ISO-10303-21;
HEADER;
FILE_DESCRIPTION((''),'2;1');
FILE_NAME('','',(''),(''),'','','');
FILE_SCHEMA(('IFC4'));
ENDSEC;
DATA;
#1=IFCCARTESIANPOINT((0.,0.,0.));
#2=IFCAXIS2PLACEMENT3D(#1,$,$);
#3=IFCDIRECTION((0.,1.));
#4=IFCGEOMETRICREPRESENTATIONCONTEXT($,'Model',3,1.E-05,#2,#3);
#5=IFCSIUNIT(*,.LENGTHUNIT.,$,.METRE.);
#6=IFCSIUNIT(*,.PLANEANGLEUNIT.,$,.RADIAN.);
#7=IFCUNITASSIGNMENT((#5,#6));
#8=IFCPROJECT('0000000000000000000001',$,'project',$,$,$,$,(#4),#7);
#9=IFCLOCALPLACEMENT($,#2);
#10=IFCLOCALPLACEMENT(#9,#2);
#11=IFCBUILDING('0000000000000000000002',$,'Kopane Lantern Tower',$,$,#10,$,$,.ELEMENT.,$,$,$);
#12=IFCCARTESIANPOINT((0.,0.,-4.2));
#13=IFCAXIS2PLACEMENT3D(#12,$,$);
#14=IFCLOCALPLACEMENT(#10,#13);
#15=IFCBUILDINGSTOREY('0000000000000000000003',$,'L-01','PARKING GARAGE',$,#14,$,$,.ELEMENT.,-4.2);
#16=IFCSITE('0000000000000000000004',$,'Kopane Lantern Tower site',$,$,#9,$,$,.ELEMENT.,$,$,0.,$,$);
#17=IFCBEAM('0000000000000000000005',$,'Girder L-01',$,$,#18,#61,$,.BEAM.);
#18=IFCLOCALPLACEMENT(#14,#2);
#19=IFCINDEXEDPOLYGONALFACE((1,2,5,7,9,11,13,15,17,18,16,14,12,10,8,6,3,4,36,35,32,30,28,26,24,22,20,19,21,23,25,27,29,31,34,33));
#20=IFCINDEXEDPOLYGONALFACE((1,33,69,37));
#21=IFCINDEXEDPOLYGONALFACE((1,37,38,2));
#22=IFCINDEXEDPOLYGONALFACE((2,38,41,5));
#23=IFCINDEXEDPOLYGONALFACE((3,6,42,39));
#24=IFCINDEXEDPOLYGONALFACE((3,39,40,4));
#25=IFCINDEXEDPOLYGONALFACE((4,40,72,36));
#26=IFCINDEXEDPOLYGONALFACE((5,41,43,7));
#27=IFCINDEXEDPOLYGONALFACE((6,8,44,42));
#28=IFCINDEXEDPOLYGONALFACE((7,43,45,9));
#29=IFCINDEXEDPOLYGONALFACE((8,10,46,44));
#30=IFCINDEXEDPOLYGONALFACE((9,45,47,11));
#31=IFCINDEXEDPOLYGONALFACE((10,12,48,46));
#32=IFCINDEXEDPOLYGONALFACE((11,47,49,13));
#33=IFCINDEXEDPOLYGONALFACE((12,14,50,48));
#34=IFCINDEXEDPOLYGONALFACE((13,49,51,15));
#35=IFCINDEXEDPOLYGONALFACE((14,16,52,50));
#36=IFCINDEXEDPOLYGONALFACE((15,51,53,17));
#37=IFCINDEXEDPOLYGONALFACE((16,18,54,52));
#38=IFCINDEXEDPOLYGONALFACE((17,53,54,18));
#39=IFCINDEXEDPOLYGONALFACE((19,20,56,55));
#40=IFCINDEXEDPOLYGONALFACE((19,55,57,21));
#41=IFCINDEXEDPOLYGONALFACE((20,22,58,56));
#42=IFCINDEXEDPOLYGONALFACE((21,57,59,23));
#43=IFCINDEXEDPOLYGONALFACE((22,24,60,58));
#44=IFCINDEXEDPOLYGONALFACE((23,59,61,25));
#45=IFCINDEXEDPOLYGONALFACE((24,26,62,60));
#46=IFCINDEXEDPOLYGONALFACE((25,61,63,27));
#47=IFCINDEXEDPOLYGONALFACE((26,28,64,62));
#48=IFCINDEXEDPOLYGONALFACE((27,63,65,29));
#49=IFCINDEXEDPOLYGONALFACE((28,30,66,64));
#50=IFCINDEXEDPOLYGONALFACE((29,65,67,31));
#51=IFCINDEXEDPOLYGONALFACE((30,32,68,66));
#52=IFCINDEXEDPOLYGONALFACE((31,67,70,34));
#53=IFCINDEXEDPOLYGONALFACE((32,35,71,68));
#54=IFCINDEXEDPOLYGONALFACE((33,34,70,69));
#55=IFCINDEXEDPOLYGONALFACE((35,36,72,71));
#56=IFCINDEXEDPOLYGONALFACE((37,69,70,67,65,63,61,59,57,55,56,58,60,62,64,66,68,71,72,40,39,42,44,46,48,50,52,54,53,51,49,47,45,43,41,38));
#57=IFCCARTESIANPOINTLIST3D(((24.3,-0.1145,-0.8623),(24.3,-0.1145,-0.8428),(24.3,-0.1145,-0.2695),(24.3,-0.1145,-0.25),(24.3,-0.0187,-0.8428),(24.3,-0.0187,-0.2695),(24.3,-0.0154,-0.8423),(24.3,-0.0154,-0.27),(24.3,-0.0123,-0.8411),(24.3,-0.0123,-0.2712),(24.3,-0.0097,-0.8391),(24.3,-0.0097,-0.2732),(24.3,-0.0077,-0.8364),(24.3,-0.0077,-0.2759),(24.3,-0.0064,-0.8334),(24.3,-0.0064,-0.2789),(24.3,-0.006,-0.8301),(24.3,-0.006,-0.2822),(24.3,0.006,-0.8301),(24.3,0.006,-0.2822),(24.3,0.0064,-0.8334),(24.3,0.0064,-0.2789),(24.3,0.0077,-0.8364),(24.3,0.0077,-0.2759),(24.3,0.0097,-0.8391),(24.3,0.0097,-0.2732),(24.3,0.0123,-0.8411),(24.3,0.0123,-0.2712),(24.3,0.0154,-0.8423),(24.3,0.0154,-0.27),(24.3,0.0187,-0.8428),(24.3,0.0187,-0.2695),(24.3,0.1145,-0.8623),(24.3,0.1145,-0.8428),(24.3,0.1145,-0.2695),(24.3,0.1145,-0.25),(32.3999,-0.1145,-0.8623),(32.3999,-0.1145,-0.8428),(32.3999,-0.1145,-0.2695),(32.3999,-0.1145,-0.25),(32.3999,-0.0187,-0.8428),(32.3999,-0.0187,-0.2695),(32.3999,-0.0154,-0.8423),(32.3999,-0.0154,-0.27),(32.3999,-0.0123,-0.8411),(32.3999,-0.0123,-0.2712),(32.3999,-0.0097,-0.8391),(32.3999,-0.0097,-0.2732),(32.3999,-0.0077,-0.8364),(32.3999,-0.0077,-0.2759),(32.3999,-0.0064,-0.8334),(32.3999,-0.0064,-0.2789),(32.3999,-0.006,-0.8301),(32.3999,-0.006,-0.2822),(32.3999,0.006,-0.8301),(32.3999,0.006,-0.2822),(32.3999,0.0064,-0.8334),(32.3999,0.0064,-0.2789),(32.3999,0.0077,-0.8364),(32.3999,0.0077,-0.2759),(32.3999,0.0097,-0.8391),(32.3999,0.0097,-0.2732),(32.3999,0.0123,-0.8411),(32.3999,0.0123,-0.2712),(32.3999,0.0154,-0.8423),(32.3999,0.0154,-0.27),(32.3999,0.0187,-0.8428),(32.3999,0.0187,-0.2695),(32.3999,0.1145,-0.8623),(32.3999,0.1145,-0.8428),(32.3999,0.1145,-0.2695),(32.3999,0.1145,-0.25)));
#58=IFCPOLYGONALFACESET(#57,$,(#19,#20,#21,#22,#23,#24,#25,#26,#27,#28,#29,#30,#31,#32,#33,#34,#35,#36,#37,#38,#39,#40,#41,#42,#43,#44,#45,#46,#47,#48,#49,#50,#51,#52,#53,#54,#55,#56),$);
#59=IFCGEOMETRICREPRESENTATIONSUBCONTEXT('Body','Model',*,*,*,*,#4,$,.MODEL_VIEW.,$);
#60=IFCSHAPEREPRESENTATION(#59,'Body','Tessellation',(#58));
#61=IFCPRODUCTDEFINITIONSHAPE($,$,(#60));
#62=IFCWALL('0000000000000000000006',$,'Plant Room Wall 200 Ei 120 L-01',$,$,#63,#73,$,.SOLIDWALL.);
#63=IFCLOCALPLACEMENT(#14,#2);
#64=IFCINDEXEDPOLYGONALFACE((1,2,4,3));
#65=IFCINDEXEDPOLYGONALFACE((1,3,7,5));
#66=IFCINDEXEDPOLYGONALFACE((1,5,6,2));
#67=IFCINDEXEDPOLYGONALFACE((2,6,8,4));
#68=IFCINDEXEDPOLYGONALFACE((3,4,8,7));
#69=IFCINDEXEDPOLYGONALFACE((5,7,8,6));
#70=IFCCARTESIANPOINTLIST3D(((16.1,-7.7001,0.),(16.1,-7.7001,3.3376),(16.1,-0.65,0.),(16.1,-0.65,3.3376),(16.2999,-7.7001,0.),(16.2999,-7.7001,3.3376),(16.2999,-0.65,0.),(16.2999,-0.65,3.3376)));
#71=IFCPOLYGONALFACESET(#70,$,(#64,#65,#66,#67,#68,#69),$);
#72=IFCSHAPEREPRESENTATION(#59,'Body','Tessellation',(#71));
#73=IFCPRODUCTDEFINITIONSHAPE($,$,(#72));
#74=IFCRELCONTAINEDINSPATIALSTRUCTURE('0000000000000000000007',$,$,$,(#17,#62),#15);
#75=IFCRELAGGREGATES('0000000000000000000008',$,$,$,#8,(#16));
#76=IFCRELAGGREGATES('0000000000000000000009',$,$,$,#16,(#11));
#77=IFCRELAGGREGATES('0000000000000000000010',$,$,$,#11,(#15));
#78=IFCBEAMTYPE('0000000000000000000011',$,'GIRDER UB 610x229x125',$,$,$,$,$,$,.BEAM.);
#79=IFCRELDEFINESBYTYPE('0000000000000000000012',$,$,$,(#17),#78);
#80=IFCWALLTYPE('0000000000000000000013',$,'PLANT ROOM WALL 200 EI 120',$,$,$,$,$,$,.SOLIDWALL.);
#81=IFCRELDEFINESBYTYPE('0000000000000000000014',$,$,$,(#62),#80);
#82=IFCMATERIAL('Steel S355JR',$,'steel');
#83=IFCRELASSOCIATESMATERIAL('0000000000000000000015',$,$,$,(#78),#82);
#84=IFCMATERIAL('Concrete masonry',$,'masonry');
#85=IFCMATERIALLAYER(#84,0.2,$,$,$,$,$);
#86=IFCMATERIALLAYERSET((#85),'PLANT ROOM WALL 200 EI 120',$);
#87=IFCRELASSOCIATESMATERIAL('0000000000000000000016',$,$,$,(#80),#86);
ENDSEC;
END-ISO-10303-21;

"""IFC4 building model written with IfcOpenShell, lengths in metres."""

from ifc_helpers import new_model, si_unit, direction, frame, frame_2d, origin, origin_2d, place, context, subcontext, project, spatial, rectangle, i_section, extrude, material, layer, layer_set, material_profile, profile_set, type_object, element, save


model = new_model("IFC4")

# Units and contexts
model_context = context("Model", 3, precision=1e-05, world=origin(), true_north=direction((0.0, 1.0)))
body_context = subcontext(model_context, "Body", "Model", "MODEL_VIEW")
ifc_project = project(units=[si_unit("LENGTHUNIT", "METRE"), si_unit("PLANEANGLEUNIT", "RADIAN")], contexts=[model_context])

# Site, building, storey
site_placement = place(None, origin())
site = spatial("IfcSite", under=ifc_project, at=site_placement, Name="Kopane Lantern Tower site", CompositionType="ELEMENT", RefElevation=0.0)
building_placement = place(site_placement, origin())
building = spatial("IfcBuilding", under=site, at=building_placement, Name="Kopane Lantern Tower", CompositionType="ELEMENT")
storey_placement = place(building_placement, frame((0.0, 0.0, -4.2)))
storey = spatial("IfcBuildingStorey", under=building, at=storey_placement, Name="L-01", Description="PARKING GARAGE", CompositionType="ELEMENT", Elevation=-4.2)

# Beam
ifc_material_1 = material(Name="Steel S355JR", Category="steel")
ifc_material_profile_1 = material_profile(ifc_material_1, i_section(OverallWidth=0.229, OverallDepth=0.6123, WebThickness=0.012, FlangeThickness=0.0195, FilletRadius=0.0127, at=origin_2d()), Name="UB 610x229x125")
ifc_profile_set_1 = profile_set([ifc_material_profile_1], Name="Steel S355JR")
beam_type = type_object("IfcBeamType", Name="GIRDER UB 610x229x125", PredefinedType="BEAM", material=ifc_profile_set_1)
beam_1_placement = place(storey_placement, frame((24.3, 0.0, -0.5562), z_axis=(1.0, 0.0, 0.0), x_axis=(0.0, 1.0, 0.0)))
element("IfcBeam", 1, at=beam_1_placement, inside=storey, type_object=beam_type, Name="Girder L-01", PredefinedType="BEAM", context=body_context, shape_type="SweptSolid", body=[
    extrude(i_section(OverallWidth=0.229, OverallDepth=0.6123, WebThickness=0.012, FlangeThickness=0.0195, FilletRadius=0.0127, at=origin_2d()), origin(), (0.0, 0.0, 1.0), 8.0999),
])

# Shared definitions
ifc_material_2 = material(Name="Concrete masonry", Category="masonry")
ifc_layer = layer(ifc_material_2, 0.2)
ifc_layer_set = layer_set([ifc_layer], Name="PLANT ROOM WALL 200 EI 120")
wall_type = type_object("IfcWallType", Name="PLANT ROOM WALL 200 EI 120", PredefinedType="SOLIDWALL", material=ifc_layer_set)

# Wall
wall_1_placement = place(storey_placement, frame((16.2, -7.7, 0.0), z_axis=(0.0, 0.0, 1.0), x_axis=(0.0, 1.0, 0.0)))
element("IfcWall", 2, at=wall_1_placement, inside=storey, type_object=wall_type, Name="Plant Room Wall 200 Ei 120 L-01", PredefinedType="SOLIDWALL", context=body_context, shape_type="SweptSolid", body=[
    extrude(rectangle(XDim=7.05, YDim=0.2, at=frame_2d((3.5249, 0.0))), origin(), (0.0, 0.0, 1.0), 3.3376),
])

save(model, "model.ifc")
